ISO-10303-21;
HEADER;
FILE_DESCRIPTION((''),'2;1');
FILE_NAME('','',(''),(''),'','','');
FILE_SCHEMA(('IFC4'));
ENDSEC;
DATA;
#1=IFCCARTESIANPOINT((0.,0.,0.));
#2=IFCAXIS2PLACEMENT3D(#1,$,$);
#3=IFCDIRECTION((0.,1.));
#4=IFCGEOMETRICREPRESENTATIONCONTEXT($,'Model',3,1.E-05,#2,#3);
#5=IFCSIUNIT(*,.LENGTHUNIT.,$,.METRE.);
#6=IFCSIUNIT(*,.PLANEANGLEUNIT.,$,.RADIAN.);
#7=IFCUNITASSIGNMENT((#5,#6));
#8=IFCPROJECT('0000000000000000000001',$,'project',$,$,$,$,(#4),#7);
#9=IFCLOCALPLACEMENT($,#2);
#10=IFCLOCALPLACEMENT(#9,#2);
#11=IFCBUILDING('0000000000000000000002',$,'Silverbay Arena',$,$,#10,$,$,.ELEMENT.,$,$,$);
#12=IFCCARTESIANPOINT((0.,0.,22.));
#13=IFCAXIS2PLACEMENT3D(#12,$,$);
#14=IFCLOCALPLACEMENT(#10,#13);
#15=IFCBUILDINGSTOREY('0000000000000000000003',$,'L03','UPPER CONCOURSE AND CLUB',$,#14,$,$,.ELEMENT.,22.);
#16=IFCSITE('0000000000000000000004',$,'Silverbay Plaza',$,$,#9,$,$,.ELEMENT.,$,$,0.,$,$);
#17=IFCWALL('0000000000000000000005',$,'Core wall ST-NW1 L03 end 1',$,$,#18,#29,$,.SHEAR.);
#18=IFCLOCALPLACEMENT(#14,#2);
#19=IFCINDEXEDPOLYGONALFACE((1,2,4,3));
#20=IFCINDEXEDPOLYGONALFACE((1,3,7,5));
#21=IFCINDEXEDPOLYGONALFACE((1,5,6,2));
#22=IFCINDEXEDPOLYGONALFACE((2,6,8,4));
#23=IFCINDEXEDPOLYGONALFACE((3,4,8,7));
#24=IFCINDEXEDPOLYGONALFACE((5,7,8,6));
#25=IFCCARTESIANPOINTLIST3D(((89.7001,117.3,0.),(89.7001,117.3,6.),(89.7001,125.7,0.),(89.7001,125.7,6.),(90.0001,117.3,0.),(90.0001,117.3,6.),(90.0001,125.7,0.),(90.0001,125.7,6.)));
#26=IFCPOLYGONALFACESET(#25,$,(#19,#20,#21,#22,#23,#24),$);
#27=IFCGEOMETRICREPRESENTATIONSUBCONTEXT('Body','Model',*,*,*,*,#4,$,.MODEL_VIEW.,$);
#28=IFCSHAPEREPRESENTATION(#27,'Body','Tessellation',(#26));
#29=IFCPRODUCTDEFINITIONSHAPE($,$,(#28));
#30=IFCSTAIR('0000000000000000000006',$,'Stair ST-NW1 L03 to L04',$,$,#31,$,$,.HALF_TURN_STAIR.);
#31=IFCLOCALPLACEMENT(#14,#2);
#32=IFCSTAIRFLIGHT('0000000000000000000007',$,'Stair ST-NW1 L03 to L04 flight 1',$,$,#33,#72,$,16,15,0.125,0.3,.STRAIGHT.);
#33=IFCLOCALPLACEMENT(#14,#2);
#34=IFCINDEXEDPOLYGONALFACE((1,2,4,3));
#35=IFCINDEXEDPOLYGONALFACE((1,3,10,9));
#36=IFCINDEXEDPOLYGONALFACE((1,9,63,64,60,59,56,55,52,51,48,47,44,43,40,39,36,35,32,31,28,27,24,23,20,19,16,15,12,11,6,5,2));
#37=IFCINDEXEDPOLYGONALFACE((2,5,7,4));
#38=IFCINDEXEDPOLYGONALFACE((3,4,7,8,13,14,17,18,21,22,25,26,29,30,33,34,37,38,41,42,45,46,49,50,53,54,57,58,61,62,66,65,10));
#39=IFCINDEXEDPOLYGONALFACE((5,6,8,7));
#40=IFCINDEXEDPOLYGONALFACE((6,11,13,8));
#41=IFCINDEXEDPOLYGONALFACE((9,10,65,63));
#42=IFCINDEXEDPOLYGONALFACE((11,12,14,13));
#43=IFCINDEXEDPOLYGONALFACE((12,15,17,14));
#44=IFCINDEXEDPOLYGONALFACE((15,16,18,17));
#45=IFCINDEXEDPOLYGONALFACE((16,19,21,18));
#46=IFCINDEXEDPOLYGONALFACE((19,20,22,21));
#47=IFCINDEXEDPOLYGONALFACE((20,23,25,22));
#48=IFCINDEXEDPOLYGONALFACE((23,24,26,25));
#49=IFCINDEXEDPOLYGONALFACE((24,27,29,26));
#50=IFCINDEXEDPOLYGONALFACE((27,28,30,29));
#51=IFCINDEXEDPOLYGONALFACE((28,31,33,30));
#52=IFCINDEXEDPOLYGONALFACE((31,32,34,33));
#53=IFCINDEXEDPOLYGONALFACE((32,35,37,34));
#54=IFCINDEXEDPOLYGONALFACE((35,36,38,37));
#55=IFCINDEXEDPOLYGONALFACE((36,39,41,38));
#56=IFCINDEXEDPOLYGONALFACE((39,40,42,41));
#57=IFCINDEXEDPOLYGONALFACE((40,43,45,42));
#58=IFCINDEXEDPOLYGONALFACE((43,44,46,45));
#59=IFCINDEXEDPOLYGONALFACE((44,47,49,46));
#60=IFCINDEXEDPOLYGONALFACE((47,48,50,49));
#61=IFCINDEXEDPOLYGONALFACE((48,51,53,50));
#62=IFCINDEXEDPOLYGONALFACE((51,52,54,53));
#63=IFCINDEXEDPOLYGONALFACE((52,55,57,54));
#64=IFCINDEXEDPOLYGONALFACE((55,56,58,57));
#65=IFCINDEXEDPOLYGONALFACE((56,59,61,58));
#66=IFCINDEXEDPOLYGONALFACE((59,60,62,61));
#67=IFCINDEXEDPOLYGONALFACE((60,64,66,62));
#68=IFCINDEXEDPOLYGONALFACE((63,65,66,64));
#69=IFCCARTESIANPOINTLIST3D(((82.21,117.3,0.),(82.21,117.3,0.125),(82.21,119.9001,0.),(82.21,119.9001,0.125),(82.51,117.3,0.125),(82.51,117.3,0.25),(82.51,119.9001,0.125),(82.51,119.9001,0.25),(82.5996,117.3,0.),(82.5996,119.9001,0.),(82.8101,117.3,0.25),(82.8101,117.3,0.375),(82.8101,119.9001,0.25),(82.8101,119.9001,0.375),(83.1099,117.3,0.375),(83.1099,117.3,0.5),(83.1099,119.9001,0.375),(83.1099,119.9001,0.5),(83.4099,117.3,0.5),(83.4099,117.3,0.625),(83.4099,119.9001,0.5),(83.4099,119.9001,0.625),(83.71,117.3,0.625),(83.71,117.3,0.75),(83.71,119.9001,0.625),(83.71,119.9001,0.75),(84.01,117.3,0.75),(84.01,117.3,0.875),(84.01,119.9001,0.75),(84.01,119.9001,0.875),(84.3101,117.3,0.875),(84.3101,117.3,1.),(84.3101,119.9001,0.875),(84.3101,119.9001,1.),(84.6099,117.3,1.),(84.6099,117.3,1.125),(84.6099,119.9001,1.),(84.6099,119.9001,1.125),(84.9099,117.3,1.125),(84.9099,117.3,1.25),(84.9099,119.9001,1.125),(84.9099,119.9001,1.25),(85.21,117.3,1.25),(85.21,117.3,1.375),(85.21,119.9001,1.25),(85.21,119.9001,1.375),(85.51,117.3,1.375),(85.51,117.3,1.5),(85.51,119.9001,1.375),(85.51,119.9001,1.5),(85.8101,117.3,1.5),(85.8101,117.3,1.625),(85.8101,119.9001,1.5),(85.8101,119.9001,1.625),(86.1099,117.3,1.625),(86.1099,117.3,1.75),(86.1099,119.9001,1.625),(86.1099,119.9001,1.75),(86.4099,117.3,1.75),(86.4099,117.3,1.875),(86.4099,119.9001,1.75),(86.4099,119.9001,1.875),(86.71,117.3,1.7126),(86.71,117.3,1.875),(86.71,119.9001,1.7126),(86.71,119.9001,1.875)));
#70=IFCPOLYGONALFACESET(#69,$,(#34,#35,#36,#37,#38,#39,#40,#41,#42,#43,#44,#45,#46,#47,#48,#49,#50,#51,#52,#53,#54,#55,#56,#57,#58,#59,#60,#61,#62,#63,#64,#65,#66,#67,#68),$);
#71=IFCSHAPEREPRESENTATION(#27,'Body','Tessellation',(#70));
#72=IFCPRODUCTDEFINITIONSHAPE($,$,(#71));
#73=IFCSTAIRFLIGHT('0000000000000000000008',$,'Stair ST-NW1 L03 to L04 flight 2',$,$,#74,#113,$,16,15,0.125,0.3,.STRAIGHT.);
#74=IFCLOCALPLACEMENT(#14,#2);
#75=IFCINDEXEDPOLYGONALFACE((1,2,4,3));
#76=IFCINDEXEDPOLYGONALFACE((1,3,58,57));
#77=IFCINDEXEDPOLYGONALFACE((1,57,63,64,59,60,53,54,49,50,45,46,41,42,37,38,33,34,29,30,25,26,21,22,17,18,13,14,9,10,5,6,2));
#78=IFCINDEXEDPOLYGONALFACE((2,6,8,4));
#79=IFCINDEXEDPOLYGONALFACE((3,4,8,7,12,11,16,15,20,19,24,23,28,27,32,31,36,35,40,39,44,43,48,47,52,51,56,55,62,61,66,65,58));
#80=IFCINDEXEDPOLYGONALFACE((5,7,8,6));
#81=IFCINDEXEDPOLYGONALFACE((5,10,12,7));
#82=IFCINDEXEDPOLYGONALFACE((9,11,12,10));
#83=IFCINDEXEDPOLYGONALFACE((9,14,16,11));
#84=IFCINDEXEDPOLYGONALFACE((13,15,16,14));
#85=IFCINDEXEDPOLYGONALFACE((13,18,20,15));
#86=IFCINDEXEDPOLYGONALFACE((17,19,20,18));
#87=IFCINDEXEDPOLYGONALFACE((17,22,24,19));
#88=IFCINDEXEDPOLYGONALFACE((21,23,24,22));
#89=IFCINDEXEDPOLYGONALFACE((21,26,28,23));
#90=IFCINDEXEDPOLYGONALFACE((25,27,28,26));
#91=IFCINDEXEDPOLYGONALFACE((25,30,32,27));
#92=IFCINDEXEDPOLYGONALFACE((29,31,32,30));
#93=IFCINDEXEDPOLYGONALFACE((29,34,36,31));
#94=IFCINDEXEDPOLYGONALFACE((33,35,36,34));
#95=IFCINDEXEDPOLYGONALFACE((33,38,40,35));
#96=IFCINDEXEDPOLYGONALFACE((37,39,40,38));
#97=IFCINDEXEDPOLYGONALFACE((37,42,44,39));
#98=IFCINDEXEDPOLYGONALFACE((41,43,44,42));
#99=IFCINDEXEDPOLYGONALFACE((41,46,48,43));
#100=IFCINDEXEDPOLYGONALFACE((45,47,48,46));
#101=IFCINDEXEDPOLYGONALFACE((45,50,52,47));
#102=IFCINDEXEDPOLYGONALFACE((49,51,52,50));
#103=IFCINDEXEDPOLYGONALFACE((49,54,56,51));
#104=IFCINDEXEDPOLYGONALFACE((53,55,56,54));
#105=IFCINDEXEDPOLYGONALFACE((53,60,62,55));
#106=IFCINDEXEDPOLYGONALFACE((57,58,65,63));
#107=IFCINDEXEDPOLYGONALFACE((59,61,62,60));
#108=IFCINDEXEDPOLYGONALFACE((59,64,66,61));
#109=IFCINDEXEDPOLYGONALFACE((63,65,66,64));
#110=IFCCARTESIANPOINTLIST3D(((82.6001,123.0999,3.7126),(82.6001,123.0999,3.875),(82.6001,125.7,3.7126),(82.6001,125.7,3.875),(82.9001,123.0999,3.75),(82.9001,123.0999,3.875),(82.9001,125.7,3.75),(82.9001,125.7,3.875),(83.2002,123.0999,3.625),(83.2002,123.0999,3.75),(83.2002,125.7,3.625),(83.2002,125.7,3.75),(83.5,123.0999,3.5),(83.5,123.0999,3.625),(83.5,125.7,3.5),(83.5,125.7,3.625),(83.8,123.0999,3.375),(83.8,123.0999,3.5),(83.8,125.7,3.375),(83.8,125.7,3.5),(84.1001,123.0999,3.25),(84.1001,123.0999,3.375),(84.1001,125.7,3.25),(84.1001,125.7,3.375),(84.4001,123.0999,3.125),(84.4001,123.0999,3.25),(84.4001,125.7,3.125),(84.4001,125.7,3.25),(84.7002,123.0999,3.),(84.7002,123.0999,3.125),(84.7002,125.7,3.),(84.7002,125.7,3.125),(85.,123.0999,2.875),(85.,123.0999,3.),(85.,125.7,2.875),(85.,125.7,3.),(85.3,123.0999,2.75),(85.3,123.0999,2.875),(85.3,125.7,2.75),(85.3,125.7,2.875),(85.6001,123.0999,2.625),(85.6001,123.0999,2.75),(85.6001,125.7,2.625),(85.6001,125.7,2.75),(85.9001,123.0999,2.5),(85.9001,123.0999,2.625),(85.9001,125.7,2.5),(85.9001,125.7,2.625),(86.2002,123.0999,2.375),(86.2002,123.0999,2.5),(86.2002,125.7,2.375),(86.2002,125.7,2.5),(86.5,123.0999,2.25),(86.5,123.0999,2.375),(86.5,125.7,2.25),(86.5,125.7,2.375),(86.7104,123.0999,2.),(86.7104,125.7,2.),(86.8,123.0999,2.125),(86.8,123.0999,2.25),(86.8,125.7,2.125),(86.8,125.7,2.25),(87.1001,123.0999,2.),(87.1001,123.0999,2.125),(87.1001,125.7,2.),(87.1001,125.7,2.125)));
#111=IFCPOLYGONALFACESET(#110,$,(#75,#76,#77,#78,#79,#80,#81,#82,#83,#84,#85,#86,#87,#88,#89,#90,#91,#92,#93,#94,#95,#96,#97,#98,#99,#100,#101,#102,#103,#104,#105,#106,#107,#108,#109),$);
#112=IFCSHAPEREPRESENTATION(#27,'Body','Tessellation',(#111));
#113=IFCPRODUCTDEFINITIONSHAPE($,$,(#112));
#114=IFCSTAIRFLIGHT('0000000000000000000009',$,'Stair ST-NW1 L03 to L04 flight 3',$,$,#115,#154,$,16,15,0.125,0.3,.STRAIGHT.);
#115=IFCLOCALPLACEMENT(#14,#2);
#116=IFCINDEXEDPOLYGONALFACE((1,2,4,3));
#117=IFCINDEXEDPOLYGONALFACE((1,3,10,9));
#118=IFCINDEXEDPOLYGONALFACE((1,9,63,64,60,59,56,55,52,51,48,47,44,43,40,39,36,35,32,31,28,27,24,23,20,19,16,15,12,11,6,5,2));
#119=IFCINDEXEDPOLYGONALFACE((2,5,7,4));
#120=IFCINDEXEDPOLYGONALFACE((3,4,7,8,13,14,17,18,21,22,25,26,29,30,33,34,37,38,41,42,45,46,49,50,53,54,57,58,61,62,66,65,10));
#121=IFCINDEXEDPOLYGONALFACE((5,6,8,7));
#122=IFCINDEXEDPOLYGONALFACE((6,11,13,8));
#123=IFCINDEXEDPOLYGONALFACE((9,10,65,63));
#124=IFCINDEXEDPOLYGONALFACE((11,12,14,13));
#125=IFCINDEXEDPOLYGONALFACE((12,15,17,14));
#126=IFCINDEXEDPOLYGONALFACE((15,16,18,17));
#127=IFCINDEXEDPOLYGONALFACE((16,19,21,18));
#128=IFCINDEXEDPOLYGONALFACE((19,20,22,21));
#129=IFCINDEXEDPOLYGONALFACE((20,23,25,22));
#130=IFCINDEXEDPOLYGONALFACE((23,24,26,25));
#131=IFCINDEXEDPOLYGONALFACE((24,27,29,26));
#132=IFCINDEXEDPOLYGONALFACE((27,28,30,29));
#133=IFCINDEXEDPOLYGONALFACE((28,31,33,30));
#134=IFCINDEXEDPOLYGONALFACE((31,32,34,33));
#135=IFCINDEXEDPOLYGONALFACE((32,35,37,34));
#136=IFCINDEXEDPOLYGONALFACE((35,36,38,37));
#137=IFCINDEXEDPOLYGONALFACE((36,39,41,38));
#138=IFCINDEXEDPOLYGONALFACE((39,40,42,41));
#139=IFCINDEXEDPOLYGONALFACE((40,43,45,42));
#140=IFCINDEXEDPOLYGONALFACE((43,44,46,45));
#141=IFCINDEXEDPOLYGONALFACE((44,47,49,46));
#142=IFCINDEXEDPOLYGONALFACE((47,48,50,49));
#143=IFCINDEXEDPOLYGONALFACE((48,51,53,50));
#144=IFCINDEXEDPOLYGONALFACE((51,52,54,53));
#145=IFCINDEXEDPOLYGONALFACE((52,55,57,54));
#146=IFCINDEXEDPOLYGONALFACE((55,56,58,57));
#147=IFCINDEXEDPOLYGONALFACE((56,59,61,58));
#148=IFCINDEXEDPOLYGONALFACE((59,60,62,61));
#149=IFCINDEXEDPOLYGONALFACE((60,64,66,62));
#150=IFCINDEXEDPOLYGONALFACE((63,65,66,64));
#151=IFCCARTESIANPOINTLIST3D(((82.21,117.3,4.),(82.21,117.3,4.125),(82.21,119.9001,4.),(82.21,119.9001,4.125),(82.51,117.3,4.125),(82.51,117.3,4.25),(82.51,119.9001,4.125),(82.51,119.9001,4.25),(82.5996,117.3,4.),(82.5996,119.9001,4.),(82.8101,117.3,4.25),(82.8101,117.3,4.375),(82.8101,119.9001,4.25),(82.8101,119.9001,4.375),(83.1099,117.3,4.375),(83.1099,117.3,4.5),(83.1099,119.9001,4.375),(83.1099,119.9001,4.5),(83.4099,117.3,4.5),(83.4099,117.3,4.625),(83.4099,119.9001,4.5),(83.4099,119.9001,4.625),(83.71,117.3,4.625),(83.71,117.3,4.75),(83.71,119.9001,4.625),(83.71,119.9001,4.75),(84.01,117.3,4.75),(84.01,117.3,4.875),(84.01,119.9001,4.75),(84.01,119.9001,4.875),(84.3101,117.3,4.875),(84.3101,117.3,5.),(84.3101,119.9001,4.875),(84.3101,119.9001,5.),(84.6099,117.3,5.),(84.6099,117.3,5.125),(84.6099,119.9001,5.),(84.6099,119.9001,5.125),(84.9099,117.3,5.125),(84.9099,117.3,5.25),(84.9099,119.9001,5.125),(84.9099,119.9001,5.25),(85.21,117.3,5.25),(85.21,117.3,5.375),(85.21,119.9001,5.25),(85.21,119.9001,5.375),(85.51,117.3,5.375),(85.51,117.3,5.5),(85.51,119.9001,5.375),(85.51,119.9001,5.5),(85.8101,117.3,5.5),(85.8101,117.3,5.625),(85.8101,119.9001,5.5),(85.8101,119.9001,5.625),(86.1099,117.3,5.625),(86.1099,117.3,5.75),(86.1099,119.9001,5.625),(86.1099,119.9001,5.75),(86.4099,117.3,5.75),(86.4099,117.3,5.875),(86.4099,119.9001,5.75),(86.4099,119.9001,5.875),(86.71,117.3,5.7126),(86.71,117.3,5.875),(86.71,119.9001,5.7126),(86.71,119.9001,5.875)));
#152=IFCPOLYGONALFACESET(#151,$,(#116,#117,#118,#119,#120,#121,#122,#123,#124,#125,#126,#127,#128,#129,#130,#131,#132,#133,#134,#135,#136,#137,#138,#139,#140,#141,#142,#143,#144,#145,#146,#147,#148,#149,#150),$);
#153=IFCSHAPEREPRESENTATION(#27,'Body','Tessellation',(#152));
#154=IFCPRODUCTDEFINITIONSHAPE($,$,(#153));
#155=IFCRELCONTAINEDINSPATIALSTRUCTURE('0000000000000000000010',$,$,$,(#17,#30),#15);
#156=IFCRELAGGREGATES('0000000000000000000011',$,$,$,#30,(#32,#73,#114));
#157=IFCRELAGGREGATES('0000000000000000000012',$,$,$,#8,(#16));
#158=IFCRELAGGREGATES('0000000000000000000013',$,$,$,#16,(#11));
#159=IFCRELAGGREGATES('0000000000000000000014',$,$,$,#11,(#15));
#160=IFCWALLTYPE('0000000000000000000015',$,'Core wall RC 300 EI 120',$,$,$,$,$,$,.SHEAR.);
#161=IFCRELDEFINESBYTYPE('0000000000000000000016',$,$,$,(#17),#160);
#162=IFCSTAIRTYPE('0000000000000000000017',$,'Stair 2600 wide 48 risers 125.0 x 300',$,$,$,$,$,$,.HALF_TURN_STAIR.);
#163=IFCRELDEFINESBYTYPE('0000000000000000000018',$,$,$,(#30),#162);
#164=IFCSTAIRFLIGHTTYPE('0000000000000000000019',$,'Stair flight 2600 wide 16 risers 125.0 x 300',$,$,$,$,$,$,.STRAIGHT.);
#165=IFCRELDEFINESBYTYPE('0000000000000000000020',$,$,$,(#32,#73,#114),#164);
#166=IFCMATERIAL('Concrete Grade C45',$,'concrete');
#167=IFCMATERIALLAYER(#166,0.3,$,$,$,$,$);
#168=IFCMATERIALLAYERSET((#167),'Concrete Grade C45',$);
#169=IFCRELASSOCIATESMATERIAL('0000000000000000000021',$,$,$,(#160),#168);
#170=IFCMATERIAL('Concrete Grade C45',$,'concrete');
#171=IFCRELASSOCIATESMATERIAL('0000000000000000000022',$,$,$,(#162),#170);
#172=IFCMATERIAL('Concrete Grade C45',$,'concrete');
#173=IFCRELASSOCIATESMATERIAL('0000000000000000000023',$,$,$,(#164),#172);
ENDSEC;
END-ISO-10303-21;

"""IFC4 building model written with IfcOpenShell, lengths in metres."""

from ifc_helpers import new_model, si_unit, direction, frame, frame_2d, origin, place, context, subcontext, project, spatial, polyline, rectangle, outline, extrude, material, layer, layer_set, type_object, element, aggregate, save


model = new_model("IFC4")

# Units and contexts
model_context = context("Model", 3, precision=1e-05, world=origin(), true_north=direction((0.0, 1.0)))
body_context = subcontext(model_context, "Body", "Model", "MODEL_VIEW")
ifc_project = project(units=[si_unit("LENGTHUNIT", "METRE"), si_unit("PLANEANGLEUNIT", "RADIAN")], contexts=[model_context])

# Site, building, storey
site_placement = place(None, origin())
site = spatial("IfcSite", under=ifc_project, at=site_placement, Name="Silverbay Plaza", CompositionType="ELEMENT", RefElevation=0.0)
building_placement = place(site_placement, origin())
building = spatial("IfcBuilding", under=site, at=building_placement, Name="Silverbay Arena", CompositionType="ELEMENT")
storey_placement = place(building_placement, frame((0.0, 0.0, 22.0)))
storey = spatial("IfcBuildingStorey", under=building, at=storey_placement, Name="L03", Description="UPPER CONCOURSE AND CLUB", CompositionType="ELEMENT", Elevation=22.0)

# Wall
ifc_material_1 = material(Name="Concrete Grade C45", Category="concrete")
ifc_layer = layer(ifc_material_1, 0.3)
ifc_layer_set = layer_set([ifc_layer], Name="Concrete Grade C45")
wall_type = type_object("IfcWallType", Name="Core wall RC 300 EI 120", PredefinedType="SHEAR", material=ifc_layer_set)
wall_placement = place(storey_placement, frame((89.8501, 117.3, 0.0), z_axis=(0.0, 0.0, 1.0), x_axis=(0.0, 1.0, 0.0)))
element("IfcWall", 1, at=wall_placement, inside=storey, type_object=wall_type, Name="Core wall ST-NW1 L03 end 1", PredefinedType="SHEAR", context=body_context, shape_type="SweptSolid", body=[
    extrude(rectangle(XDim=8.3999, YDim=0.3, at=frame_2d((4.2, 0.0))), origin(), (0.0, 0.0, 1.0), 6.0),
])

# Stair, stair flights
ifc_material_2 = material(Name="Concrete Grade C45", Category="concrete")
stair_type = type_object("IfcStairType", Name="Stair 2600 wide 48 risers 125.0 x 300", PredefinedType="HALF_TURN_STAIR", material=ifc_material_2)
stair_placement = place(storey_placement, origin())
stair = element("IfcStair", 2, at=stair_placement, inside=storey, type_object=stair_type, Name="Stair ST-NW1 L03 to L04", PredefinedType="HALF_TURN_STAIR")
ifc_material_3 = material(Name="Concrete Grade C45", Category="concrete")
stair_flight_type = type_object("IfcStairFlightType", Name="Stair flight 2600 wide 16 risers 125.0 x 300", PredefinedType="STRAIGHT", material=ifc_material_3)
stair_flight_1_placement = place(storey_placement, frame((82.21, 118.6001, 0.0), z_axis=(0.0, 0.0, 1.0), x_axis=(1.0, 0.0, 0.0)))
stair_flight_1 = element("IfcStairFlight", 3, at=stair_flight_1_placement, type_object=stair_flight_type, Name="Stair ST-NW1 L03 to L04 flight 1", NumberOfRisers=16, NumberOfTreads=15, PredefinedType="STRAIGHT", RiserHeight=0.125, TreadLength=0.3, context=body_context, shape_type="SweptSolid", body=[
    extrude(outline(polyline([(0.0, 0.0), (0.0, 0.125), (0.3, 0.125), (0.3, 0.25), (0.6001, 0.25), (0.6001, 0.375), (0.8999, 0.375), (0.8999, 0.5), (1.2, 0.5), (1.2, 0.625), (1.5, 0.625), (1.5, 0.75), (1.8, 0.75), (1.8, 0.875), (2.1001, 0.875), (2.1001, 1.0), (2.3999, 1.0), (2.3999, 1.125), (2.7, 1.125), (2.7, 1.25), (3.0, 1.25), (3.0, 1.375), (3.3, 1.375), (3.3, 1.5), (3.6001, 1.5), (3.6001, 1.625), (3.8999, 1.625), (3.8999, 1.75), (4.2, 1.75), (4.2, 1.875), (4.5, 1.875), (4.5, 1.7126), (0.3896, 0.0), (0.0, 0.0)])), frame((0.0, 1.3, 0.0), z_axis=(0.0, -1.0, 0.0), x_axis=(1.0, 0.0, 0.0)), (0.0, 0.0, 1.0), 2.6001),
])
stair_flight_2_placement = place(storey_placement, frame((87.1001, 124.3999, 2.0), z_axis=(0.0, 0.0, 1.0), x_axis=(-1.0, 0.0, 0.0)))
stair_flight_2 = element("IfcStairFlight", 4, at=stair_flight_2_placement, type_object=stair_flight_type, Name="Stair ST-NW1 L03 to L04 flight 2", NumberOfRisers=16, NumberOfTreads=15, PredefinedType="STRAIGHT", RiserHeight=0.125, TreadLength=0.3, context=body_context, shape_type="SweptSolid", body=[
    extrude(outline(polyline([(0.0, 0.0), (0.0, 0.125), (0.3, 0.125), (0.3, 0.25), (0.6001, 0.25), (0.6001, 0.375), (0.8999, 0.375), (0.8999, 0.5), (1.2, 0.5), (1.2, 0.625), (1.5, 0.625), (1.5, 0.75), (1.8, 0.75), (1.8, 0.875), (2.1001, 0.875), (2.1001, 1.0), (2.3999, 1.0), (2.3999, 1.125), (2.7, 1.125), (2.7, 1.25), (3.0, 1.25), (3.0, 1.375), (3.3, 1.375), (3.3, 1.5), (3.6001, 1.5), (3.6001, 1.625), (3.8999, 1.625), (3.8999, 1.75), (4.2, 1.75), (4.2, 1.875), (4.5, 1.875), (4.5, 1.7126), (0.3896, 0.0), (0.0, 0.0)])), frame((0.0, 1.3, 0.0), z_axis=(0.0, -1.0, 0.0), x_axis=(1.0, 0.0, 0.0)), (0.0, 0.0, 1.0), 2.6001),
])
stair_flight_3_placement = place(storey_placement, frame((82.21, 118.6001, 4.0), z_axis=(0.0, 0.0, 1.0), x_axis=(1.0, 0.0, 0.0)))
stair_flight_3 = element("IfcStairFlight", 5, at=stair_flight_3_placement, type_object=stair_flight_type, Name="Stair ST-NW1 L03 to L04 flight 3", NumberOfRisers=16, NumberOfTreads=15, PredefinedType="STRAIGHT", RiserHeight=0.125, TreadLength=0.3, context=body_context, shape_type="SweptSolid", body=[
    extrude(outline(polyline([(0.0, 0.0), (0.0, 0.125), (0.3, 0.125), (0.3, 0.25), (0.6001, 0.25), (0.6001, 0.375), (0.8999, 0.375), (0.8999, 0.5), (1.2, 0.5), (1.2, 0.625), (1.5, 0.625), (1.5, 0.75), (1.8, 0.75), (1.8, 0.875), (2.1001, 0.875), (2.1001, 1.0), (2.3999, 1.0), (2.3999, 1.125), (2.7, 1.125), (2.7, 1.25), (3.0, 1.25), (3.0, 1.375), (3.3, 1.375), (3.3, 1.5), (3.6001, 1.5), (3.6001, 1.625), (3.8999, 1.625), (3.8999, 1.75), (4.2, 1.75), (4.2, 1.875), (4.5, 1.875), (4.5, 1.7126), (0.3896, 0.0), (0.0, 0.0)])), frame((0.0, 1.3, 0.0), z_axis=(0.0, -1.0, 0.0), x_axis=(1.0, 0.0, 0.0)), (0.0, 0.0, 1.0), 2.6001),
])
aggregate(stair, [stair_flight_1, stair_flight_2, stair_flight_3])

save(model, "model.ifc")
